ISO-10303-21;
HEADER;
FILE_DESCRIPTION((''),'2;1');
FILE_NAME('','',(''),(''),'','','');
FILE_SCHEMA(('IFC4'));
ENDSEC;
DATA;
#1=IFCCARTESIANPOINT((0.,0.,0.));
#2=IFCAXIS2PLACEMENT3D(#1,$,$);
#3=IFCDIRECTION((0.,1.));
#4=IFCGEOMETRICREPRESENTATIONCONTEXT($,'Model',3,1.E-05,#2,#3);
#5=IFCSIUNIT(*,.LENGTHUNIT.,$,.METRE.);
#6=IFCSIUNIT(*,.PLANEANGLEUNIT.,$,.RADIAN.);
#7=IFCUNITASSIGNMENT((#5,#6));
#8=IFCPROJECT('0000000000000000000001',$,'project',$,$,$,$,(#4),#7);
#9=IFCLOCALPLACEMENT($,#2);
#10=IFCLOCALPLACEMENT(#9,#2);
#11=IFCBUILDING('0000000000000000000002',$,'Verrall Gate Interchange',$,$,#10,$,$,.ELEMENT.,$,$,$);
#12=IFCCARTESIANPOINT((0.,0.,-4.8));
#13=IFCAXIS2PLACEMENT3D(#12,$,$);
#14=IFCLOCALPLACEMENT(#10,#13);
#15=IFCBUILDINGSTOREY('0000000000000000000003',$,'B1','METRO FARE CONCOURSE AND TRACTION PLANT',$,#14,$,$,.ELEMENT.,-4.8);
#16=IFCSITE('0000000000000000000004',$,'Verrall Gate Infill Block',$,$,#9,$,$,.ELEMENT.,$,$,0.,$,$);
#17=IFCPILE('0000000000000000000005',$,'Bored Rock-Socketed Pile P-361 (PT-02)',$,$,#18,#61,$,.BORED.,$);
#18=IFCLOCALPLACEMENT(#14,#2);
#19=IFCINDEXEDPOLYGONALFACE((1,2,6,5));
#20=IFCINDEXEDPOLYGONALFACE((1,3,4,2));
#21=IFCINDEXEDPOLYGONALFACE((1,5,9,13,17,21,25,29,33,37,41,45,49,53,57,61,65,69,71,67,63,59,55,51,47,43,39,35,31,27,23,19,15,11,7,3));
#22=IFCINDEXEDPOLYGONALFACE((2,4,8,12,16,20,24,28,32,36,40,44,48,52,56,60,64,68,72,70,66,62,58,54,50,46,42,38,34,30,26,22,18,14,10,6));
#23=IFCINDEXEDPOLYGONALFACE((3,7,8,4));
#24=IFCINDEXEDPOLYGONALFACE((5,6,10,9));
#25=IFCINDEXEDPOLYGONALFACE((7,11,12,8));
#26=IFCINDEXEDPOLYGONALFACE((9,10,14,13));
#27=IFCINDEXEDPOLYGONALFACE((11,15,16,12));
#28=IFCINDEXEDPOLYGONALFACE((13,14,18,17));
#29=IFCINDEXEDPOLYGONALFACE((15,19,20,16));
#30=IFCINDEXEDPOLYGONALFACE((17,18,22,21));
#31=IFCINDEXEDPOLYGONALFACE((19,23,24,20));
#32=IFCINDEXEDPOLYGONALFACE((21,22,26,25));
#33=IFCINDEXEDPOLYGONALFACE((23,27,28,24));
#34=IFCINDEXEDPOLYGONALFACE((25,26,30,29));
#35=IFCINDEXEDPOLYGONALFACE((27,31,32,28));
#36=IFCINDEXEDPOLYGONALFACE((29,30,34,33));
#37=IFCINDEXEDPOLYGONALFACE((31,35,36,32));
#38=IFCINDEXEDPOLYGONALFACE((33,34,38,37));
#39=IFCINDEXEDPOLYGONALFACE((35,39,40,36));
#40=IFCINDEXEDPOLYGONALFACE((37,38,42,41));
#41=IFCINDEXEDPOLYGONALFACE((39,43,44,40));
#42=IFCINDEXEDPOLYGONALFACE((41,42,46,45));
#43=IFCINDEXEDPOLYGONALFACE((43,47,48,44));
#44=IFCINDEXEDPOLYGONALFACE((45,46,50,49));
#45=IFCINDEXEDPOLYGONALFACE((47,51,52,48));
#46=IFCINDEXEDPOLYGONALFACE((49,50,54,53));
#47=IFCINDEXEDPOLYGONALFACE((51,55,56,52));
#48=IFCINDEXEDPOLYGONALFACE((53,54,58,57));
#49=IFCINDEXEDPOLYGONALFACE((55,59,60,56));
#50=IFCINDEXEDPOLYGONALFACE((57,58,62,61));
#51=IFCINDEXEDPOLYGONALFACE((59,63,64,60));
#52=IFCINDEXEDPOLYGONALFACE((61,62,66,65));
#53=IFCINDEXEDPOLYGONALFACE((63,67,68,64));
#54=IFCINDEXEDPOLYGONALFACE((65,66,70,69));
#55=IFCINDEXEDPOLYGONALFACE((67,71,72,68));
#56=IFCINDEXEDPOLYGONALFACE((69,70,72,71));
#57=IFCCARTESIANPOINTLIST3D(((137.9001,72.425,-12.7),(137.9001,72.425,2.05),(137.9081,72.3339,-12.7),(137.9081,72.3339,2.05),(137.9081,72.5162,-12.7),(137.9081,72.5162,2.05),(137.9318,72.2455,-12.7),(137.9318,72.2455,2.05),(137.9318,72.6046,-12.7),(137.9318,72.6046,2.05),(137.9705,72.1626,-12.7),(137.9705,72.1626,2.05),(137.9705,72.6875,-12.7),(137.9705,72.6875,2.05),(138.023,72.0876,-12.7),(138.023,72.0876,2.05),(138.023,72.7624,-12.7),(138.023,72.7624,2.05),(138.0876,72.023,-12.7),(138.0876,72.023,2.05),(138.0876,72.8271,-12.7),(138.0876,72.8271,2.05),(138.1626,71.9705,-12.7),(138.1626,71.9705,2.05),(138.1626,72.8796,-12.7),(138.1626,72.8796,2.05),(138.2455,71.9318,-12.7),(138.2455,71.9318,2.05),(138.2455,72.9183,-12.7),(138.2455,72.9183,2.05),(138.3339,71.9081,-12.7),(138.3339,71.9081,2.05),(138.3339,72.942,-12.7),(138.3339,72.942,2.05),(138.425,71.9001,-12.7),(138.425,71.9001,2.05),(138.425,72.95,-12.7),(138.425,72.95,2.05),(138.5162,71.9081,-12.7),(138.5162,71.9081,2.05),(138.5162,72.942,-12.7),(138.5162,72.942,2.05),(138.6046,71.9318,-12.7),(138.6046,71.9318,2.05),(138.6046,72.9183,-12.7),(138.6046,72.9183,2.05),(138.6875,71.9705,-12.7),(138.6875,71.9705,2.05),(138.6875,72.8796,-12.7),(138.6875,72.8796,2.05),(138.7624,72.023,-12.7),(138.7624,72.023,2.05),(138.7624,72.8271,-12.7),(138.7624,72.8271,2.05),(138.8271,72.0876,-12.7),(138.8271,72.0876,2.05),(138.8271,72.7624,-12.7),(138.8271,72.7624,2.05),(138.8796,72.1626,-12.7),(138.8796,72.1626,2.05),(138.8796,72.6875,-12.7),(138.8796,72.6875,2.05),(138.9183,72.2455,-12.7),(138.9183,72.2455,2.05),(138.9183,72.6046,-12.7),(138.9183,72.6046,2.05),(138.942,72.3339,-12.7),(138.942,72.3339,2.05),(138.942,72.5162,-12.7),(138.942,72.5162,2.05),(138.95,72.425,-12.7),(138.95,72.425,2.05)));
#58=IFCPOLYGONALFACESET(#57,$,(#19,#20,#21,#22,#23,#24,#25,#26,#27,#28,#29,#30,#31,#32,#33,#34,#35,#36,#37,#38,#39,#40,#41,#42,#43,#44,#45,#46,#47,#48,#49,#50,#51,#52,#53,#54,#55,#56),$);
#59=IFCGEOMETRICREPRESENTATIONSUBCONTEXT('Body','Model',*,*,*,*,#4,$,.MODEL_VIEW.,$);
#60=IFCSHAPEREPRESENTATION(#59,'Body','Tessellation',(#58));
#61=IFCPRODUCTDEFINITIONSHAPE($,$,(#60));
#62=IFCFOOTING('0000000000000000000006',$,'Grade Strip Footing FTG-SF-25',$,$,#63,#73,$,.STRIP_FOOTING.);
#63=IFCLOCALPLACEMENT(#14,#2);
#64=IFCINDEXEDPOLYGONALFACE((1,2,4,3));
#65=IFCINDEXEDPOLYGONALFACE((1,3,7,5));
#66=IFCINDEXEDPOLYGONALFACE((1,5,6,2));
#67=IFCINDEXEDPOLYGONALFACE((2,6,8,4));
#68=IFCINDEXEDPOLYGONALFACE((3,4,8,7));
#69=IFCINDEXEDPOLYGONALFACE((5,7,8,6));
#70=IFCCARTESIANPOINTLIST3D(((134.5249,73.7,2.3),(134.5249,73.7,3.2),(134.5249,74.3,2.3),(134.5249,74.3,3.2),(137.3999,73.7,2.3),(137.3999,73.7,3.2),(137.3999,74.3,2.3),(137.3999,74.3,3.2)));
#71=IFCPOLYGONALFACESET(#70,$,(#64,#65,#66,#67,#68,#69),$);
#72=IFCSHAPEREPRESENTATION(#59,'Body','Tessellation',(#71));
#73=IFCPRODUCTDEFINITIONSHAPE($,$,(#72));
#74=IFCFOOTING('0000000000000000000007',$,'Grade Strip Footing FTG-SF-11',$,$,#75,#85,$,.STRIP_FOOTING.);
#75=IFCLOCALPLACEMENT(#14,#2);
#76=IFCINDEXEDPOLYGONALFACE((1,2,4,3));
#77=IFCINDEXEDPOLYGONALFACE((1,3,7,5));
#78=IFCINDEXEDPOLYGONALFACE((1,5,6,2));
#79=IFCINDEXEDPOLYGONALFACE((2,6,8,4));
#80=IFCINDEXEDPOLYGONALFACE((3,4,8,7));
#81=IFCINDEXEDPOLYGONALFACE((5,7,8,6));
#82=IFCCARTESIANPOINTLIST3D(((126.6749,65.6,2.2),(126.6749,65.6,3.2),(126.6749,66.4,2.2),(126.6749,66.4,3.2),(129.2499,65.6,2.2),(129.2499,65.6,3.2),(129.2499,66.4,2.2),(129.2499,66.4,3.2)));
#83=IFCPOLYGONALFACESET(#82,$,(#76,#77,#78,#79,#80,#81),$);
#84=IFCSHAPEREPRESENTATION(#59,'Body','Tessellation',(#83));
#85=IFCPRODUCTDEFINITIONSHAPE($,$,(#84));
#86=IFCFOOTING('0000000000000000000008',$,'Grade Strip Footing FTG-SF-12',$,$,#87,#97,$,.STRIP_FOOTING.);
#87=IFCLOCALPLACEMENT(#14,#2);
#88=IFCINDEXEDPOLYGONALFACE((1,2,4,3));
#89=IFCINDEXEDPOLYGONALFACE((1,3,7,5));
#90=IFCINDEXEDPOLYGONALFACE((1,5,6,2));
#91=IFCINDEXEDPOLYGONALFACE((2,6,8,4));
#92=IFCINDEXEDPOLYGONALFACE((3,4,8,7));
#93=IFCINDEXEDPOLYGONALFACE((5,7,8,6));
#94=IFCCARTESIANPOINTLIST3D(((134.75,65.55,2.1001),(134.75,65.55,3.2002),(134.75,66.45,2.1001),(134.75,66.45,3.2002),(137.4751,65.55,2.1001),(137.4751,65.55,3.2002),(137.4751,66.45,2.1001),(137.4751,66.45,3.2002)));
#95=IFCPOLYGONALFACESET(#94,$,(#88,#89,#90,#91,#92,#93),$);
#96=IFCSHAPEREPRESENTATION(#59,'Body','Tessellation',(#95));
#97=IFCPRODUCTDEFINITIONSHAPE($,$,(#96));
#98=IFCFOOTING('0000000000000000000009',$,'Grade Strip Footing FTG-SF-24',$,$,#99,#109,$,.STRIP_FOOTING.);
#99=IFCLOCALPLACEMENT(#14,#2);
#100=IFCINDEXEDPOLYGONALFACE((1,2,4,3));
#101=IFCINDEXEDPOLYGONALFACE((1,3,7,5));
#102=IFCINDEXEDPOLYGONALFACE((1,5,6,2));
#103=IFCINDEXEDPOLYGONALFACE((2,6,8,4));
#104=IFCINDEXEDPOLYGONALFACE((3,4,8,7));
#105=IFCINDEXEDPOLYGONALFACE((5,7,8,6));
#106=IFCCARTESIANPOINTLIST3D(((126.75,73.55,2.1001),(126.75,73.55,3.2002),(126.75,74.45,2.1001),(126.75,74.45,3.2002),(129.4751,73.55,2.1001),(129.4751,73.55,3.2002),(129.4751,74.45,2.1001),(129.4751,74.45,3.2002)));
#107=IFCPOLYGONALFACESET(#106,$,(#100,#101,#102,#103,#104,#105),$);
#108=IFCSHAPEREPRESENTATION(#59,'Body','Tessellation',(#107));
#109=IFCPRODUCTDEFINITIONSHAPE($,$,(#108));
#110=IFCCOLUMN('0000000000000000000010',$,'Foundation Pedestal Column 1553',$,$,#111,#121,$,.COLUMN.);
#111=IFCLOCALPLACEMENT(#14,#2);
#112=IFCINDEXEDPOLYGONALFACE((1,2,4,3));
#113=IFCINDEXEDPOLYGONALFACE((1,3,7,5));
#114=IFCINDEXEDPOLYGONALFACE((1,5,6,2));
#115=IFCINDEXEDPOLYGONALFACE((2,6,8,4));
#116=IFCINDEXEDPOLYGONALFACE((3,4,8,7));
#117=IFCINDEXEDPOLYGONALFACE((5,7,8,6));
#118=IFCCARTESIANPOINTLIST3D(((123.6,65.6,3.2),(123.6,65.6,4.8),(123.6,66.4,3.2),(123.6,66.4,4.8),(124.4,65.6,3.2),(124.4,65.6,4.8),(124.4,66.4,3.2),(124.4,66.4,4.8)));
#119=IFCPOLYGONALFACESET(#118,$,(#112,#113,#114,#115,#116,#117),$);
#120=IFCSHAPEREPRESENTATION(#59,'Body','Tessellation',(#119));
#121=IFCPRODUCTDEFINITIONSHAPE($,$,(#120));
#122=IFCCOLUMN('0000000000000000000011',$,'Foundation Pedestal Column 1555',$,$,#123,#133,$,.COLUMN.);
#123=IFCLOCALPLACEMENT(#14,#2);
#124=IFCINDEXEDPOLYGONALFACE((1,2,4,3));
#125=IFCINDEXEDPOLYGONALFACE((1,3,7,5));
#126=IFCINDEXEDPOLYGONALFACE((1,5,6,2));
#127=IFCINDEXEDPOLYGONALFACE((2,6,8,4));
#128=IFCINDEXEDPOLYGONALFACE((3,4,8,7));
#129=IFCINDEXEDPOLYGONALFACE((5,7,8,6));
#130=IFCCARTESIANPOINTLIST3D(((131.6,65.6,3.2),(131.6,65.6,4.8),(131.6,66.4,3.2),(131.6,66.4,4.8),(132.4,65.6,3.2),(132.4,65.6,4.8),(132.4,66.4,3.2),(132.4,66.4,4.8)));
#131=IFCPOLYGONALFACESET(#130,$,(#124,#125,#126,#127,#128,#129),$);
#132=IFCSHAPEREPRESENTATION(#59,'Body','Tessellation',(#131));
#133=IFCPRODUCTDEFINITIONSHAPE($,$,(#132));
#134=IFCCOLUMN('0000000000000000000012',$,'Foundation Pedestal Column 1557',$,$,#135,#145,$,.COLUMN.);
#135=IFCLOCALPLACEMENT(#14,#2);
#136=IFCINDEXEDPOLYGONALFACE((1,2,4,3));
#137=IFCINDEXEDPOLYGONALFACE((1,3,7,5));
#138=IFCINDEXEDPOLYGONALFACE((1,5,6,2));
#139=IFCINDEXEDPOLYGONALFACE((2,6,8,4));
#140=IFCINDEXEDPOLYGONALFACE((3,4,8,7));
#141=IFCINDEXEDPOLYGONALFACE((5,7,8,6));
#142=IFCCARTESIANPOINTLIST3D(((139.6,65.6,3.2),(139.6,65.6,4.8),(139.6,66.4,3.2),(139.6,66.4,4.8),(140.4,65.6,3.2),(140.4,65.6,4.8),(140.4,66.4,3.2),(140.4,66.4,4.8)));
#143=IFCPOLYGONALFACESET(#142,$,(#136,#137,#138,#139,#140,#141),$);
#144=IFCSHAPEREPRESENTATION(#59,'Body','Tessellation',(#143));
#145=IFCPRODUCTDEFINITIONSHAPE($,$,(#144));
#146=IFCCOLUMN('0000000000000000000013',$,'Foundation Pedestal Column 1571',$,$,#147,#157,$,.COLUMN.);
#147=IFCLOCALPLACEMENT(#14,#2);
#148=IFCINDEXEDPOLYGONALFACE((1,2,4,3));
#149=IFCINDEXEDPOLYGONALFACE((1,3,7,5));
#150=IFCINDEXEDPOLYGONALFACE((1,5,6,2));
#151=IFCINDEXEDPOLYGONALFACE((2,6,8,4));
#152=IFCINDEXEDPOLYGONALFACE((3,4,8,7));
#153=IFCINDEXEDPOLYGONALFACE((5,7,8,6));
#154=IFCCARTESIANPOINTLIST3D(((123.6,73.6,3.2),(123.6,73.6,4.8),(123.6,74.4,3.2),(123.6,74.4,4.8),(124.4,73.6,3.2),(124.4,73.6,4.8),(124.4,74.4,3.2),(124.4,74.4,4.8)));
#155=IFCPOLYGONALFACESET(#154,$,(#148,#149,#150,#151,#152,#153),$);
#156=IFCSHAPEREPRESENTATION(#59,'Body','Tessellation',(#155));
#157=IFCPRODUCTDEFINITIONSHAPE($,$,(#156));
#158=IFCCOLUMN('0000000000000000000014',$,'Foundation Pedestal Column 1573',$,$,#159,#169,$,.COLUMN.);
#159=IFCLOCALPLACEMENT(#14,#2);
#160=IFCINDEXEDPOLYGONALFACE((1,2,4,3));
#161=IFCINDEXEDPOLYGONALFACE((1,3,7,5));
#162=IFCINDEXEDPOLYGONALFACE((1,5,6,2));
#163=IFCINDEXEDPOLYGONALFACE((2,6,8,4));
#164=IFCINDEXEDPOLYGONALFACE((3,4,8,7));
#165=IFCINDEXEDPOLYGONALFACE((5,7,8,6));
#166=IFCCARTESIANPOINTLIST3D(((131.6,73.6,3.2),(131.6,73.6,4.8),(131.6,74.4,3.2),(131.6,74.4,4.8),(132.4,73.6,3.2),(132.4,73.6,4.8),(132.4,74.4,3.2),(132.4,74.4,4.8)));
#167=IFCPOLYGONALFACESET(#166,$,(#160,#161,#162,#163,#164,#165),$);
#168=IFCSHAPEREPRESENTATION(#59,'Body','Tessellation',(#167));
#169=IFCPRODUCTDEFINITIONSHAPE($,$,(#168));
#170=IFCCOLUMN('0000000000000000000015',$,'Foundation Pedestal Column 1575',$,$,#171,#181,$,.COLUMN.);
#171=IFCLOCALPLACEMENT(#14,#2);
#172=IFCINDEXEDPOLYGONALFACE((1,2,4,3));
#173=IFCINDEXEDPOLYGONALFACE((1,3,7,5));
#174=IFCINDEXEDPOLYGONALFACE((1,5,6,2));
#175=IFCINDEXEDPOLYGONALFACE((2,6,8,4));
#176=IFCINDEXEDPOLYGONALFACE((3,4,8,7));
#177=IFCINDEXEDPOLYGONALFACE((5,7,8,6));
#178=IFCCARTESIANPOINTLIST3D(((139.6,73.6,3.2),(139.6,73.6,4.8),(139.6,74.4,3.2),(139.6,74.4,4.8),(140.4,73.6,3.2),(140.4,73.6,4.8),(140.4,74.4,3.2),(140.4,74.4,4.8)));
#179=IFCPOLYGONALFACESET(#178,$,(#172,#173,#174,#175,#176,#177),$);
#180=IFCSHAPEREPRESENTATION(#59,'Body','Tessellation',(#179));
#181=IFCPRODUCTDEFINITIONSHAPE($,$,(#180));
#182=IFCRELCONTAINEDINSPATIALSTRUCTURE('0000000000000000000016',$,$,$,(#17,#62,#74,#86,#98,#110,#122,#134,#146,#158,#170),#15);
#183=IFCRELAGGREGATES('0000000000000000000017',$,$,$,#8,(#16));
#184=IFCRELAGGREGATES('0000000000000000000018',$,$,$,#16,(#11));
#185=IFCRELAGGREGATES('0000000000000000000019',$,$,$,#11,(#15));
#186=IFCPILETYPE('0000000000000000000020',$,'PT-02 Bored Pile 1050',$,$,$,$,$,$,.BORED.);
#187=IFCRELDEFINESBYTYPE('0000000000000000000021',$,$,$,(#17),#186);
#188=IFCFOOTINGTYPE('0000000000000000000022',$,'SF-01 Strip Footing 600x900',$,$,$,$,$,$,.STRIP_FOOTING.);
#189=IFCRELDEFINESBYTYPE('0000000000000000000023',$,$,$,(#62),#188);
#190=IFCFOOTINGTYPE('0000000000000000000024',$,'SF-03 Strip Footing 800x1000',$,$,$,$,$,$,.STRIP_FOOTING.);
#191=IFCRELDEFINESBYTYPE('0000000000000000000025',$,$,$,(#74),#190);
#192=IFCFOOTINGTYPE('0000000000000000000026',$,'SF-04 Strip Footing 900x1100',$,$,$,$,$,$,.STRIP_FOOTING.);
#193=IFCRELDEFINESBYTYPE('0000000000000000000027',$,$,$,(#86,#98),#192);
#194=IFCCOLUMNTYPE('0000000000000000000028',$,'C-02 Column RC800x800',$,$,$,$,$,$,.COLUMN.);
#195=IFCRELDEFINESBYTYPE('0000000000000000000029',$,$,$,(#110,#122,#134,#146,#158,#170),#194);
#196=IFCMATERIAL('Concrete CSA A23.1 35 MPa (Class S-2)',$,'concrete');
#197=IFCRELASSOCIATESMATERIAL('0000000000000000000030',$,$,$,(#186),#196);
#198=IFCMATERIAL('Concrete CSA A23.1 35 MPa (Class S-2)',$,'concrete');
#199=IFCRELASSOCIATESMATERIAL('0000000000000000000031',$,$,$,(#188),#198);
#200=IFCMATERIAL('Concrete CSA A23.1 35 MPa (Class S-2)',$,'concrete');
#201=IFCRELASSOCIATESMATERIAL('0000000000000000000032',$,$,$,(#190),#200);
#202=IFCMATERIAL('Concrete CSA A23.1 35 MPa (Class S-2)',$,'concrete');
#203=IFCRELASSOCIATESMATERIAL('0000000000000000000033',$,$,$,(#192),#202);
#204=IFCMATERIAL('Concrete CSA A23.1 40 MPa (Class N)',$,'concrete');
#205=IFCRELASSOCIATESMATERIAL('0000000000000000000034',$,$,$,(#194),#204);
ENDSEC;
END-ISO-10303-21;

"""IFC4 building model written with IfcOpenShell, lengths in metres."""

from ifc_helpers import new_model, si_unit, direction, frame, origin, origin_2d, place, context, subcontext, project, spatial, rectangle, circle, extrude, material, material_profile, profile_set, type_object, element, save


model = new_model("IFC4")

# Units and contexts
model_context = context("Model", 3, precision=1e-05, world=origin(), true_north=direction((0.0, 1.0)))
body_context = subcontext(model_context, "Body", "Model", "MODEL_VIEW")
ifc_project = project(units=[si_unit("LENGTHUNIT", "METRE"), si_unit("PLANEANGLEUNIT", "RADIAN")], contexts=[model_context])

# Site, building, storey
site_placement = place(None, origin())
site = spatial("IfcSite", under=ifc_project, at=site_placement, Name="Verrall Gate Infill Block", CompositionType="ELEMENT", RefElevation=0.0)
building_placement = place(site_placement, origin())
building = spatial("IfcBuilding", under=site, at=building_placement, Name="Verrall Gate Interchange", CompositionType="ELEMENT")
storey_placement = place(building_placement, frame((0.0, 0.0, -4.8)))
storey = spatial("IfcBuildingStorey", under=building, at=storey_placement, Name="B1", Description="METRO FARE CONCOURSE AND TRACTION PLANT", CompositionType="ELEMENT", Elevation=-4.8)

# Pile
ifc_material_1 = material(Name="Concrete CSA A23.1 35 MPa (Class S-2)", Category="concrete")
ifc_material_profile_1 = material_profile(ifc_material_1, circle(Radius=0.5249, at=origin_2d()), Name="PILE1050D")
ifc_profile_set_1 = profile_set([ifc_material_profile_1], Name="Concrete CSA A23.1 35 MPa (Class S-2)")
pile_type = type_object("IfcPileType", Name="PT-02 Bored Pile 1050", PredefinedType="BORED", material=ifc_profile_set_1)
pile_1_placement = place(storey_placement, frame((138.425, 72.425, 2.05), z_axis=(0.0, 0.0, -1.0), x_axis=(1.0, 0.0, 0.0)))
element("IfcPile", 1, at=pile_1_placement, inside=storey, type_object=pile_type, Name="Bored Rock-Socketed Pile P-361 (PT-02)", PredefinedType="BORED", context=body_context, shape_type="SweptSolid", body=[
    extrude(circle(Radius=0.5249, at=origin_2d()), origin(), (0.0, 0.0, 1.0), 14.75),
])

# Footings
ifc_material_2 = material(Name="Concrete CSA A23.1 35 MPa (Class S-2)", Category="concrete")
footing_type_1 = type_object("IfcFootingType", Name="SF-01 Strip Footing 600x900", PredefinedType="STRIP_FOOTING", material=ifc_material_2)
footing_1_placement = place(storey_placement, frame((135.9624, 74.0, 2.3), z_axis=(0.0, 0.0, 1.0), x_axis=(1.0, 0.0, 0.0)))
element("IfcFooting", 2, at=footing_1_placement, inside=storey, type_object=footing_type_1, Name="Grade Strip Footing FTG-SF-25", PredefinedType="STRIP_FOOTING", context=body_context, shape_type="SweptSolid", body=[
    extrude(rectangle(XDim=2.875, YDim=0.6001, at=origin_2d()), origin(), (0.0, 0.0, 1.0), 0.8999),
])
ifc_material_3 = material(Name="Concrete CSA A23.1 35 MPa (Class S-2)", Category="concrete")
footing_type_2 = type_object("IfcFootingType", Name="SF-03 Strip Footing 800x1000", PredefinedType="STRIP_FOOTING", material=ifc_material_3)
footing_2_placement = place(storey_placement, frame((127.9624, 66.0, 2.2), z_axis=(0.0, 0.0, 1.0), x_axis=(1.0, 0.0, 0.0)))
element("IfcFooting", 3, at=footing_2_placement, inside=storey, type_object=footing_type_2, Name="Grade Strip Footing FTG-SF-11", PredefinedType="STRIP_FOOTING", context=body_context, shape_type="SweptSolid", body=[
    extrude(rectangle(XDim=2.575, YDim=0.8, at=origin_2d()), origin(), (0.0, 0.0, 1.0), 1.0),
])
ifc_material_4 = material(Name="Concrete CSA A23.1 35 MPa (Class S-2)", Category="concrete")
footing_type_3 = type_object("IfcFootingType", Name="SF-04 Strip Footing 900x1100", PredefinedType="STRIP_FOOTING", material=ifc_material_4)
for number, where, z_axis, x_axis, name in (
    (4, (136.1125, 66.0, 2.1001), (0.0, 0.0, 1.0), (1.0, 0.0, 0.0), "Grade Strip Footing FTG-SF-12"),
    (5, (128.1125, 74.0, 2.1001), (0.0, 0.0, 1.0), (1.0, 0.0, 0.0), "Grade Strip Footing FTG-SF-24"),
):
    element("IfcFooting", number, at=place(storey_placement, frame(where, z_axis=z_axis, x_axis=x_axis)), inside=storey, type_object=footing_type_3, Name=name, PredefinedType="STRIP_FOOTING", context=body_context, shape_type="SweptSolid", body=[
        extrude(rectangle(XDim=2.7251, YDim=0.8999, at=origin_2d()), origin(), (0.0, 0.0, 1.0), 1.1001),
    ])

# Columns
ifc_material_5 = material(Name="Concrete CSA A23.1 40 MPa (Class N)", Category="concrete")
ifc_material_profile_2 = material_profile(ifc_material_5, rectangle(XDim=0.8, YDim=0.8, at=origin_2d()), Name="RC800x800")
ifc_profile_set_2 = profile_set([ifc_material_profile_2], Name="Concrete CSA A23.1 40 MPa (Class N)")
column_type = type_object("IfcColumnType", Name="C-02 Column RC800x800", PredefinedType="COLUMN", material=ifc_profile_set_2)
for number, where, z_axis, x_axis, name in (
    (6, (124.0, 66.0, 3.2), (0.0, 0.0, 1.0), (1.0, 0.0, 0.0), "Foundation Pedestal Column 1553"),
    (7, (132.0, 66.0, 3.2), (0.0, 0.0, 1.0), (1.0, 0.0, 0.0), "Foundation Pedestal Column 1555"),
    (8, (140.0, 66.0, 3.2), (0.0, 0.0, 1.0), (1.0, 0.0, 0.0), "Foundation Pedestal Column 1557"),
    (9, (124.0, 74.0, 3.2), (0.0, 0.0, 1.0), (1.0, 0.0, 0.0), "Foundation Pedestal Column 1571"),
    (10, (132.0, 74.0, 3.2), (0.0, 0.0, 1.0), (1.0, 0.0, 0.0), "Foundation Pedestal Column 1573"),
    (11, (140.0, 74.0, 3.2), (0.0, 0.0, 1.0), (1.0, 0.0, 0.0), "Foundation Pedestal Column 1575"),
):
    element("IfcColumn", number, at=place(storey_placement, frame(where, z_axis=z_axis, x_axis=x_axis)), inside=storey, type_object=column_type, Name=name, PredefinedType="COLUMN", context=body_context, shape_type="SweptSolid", body=[
        extrude(rectangle(XDim=0.8, YDim=0.8, at=origin_2d()), origin(), (0.0, 0.0, 1.0), 1.6001),
    ])

save(model, "model.ifc")
